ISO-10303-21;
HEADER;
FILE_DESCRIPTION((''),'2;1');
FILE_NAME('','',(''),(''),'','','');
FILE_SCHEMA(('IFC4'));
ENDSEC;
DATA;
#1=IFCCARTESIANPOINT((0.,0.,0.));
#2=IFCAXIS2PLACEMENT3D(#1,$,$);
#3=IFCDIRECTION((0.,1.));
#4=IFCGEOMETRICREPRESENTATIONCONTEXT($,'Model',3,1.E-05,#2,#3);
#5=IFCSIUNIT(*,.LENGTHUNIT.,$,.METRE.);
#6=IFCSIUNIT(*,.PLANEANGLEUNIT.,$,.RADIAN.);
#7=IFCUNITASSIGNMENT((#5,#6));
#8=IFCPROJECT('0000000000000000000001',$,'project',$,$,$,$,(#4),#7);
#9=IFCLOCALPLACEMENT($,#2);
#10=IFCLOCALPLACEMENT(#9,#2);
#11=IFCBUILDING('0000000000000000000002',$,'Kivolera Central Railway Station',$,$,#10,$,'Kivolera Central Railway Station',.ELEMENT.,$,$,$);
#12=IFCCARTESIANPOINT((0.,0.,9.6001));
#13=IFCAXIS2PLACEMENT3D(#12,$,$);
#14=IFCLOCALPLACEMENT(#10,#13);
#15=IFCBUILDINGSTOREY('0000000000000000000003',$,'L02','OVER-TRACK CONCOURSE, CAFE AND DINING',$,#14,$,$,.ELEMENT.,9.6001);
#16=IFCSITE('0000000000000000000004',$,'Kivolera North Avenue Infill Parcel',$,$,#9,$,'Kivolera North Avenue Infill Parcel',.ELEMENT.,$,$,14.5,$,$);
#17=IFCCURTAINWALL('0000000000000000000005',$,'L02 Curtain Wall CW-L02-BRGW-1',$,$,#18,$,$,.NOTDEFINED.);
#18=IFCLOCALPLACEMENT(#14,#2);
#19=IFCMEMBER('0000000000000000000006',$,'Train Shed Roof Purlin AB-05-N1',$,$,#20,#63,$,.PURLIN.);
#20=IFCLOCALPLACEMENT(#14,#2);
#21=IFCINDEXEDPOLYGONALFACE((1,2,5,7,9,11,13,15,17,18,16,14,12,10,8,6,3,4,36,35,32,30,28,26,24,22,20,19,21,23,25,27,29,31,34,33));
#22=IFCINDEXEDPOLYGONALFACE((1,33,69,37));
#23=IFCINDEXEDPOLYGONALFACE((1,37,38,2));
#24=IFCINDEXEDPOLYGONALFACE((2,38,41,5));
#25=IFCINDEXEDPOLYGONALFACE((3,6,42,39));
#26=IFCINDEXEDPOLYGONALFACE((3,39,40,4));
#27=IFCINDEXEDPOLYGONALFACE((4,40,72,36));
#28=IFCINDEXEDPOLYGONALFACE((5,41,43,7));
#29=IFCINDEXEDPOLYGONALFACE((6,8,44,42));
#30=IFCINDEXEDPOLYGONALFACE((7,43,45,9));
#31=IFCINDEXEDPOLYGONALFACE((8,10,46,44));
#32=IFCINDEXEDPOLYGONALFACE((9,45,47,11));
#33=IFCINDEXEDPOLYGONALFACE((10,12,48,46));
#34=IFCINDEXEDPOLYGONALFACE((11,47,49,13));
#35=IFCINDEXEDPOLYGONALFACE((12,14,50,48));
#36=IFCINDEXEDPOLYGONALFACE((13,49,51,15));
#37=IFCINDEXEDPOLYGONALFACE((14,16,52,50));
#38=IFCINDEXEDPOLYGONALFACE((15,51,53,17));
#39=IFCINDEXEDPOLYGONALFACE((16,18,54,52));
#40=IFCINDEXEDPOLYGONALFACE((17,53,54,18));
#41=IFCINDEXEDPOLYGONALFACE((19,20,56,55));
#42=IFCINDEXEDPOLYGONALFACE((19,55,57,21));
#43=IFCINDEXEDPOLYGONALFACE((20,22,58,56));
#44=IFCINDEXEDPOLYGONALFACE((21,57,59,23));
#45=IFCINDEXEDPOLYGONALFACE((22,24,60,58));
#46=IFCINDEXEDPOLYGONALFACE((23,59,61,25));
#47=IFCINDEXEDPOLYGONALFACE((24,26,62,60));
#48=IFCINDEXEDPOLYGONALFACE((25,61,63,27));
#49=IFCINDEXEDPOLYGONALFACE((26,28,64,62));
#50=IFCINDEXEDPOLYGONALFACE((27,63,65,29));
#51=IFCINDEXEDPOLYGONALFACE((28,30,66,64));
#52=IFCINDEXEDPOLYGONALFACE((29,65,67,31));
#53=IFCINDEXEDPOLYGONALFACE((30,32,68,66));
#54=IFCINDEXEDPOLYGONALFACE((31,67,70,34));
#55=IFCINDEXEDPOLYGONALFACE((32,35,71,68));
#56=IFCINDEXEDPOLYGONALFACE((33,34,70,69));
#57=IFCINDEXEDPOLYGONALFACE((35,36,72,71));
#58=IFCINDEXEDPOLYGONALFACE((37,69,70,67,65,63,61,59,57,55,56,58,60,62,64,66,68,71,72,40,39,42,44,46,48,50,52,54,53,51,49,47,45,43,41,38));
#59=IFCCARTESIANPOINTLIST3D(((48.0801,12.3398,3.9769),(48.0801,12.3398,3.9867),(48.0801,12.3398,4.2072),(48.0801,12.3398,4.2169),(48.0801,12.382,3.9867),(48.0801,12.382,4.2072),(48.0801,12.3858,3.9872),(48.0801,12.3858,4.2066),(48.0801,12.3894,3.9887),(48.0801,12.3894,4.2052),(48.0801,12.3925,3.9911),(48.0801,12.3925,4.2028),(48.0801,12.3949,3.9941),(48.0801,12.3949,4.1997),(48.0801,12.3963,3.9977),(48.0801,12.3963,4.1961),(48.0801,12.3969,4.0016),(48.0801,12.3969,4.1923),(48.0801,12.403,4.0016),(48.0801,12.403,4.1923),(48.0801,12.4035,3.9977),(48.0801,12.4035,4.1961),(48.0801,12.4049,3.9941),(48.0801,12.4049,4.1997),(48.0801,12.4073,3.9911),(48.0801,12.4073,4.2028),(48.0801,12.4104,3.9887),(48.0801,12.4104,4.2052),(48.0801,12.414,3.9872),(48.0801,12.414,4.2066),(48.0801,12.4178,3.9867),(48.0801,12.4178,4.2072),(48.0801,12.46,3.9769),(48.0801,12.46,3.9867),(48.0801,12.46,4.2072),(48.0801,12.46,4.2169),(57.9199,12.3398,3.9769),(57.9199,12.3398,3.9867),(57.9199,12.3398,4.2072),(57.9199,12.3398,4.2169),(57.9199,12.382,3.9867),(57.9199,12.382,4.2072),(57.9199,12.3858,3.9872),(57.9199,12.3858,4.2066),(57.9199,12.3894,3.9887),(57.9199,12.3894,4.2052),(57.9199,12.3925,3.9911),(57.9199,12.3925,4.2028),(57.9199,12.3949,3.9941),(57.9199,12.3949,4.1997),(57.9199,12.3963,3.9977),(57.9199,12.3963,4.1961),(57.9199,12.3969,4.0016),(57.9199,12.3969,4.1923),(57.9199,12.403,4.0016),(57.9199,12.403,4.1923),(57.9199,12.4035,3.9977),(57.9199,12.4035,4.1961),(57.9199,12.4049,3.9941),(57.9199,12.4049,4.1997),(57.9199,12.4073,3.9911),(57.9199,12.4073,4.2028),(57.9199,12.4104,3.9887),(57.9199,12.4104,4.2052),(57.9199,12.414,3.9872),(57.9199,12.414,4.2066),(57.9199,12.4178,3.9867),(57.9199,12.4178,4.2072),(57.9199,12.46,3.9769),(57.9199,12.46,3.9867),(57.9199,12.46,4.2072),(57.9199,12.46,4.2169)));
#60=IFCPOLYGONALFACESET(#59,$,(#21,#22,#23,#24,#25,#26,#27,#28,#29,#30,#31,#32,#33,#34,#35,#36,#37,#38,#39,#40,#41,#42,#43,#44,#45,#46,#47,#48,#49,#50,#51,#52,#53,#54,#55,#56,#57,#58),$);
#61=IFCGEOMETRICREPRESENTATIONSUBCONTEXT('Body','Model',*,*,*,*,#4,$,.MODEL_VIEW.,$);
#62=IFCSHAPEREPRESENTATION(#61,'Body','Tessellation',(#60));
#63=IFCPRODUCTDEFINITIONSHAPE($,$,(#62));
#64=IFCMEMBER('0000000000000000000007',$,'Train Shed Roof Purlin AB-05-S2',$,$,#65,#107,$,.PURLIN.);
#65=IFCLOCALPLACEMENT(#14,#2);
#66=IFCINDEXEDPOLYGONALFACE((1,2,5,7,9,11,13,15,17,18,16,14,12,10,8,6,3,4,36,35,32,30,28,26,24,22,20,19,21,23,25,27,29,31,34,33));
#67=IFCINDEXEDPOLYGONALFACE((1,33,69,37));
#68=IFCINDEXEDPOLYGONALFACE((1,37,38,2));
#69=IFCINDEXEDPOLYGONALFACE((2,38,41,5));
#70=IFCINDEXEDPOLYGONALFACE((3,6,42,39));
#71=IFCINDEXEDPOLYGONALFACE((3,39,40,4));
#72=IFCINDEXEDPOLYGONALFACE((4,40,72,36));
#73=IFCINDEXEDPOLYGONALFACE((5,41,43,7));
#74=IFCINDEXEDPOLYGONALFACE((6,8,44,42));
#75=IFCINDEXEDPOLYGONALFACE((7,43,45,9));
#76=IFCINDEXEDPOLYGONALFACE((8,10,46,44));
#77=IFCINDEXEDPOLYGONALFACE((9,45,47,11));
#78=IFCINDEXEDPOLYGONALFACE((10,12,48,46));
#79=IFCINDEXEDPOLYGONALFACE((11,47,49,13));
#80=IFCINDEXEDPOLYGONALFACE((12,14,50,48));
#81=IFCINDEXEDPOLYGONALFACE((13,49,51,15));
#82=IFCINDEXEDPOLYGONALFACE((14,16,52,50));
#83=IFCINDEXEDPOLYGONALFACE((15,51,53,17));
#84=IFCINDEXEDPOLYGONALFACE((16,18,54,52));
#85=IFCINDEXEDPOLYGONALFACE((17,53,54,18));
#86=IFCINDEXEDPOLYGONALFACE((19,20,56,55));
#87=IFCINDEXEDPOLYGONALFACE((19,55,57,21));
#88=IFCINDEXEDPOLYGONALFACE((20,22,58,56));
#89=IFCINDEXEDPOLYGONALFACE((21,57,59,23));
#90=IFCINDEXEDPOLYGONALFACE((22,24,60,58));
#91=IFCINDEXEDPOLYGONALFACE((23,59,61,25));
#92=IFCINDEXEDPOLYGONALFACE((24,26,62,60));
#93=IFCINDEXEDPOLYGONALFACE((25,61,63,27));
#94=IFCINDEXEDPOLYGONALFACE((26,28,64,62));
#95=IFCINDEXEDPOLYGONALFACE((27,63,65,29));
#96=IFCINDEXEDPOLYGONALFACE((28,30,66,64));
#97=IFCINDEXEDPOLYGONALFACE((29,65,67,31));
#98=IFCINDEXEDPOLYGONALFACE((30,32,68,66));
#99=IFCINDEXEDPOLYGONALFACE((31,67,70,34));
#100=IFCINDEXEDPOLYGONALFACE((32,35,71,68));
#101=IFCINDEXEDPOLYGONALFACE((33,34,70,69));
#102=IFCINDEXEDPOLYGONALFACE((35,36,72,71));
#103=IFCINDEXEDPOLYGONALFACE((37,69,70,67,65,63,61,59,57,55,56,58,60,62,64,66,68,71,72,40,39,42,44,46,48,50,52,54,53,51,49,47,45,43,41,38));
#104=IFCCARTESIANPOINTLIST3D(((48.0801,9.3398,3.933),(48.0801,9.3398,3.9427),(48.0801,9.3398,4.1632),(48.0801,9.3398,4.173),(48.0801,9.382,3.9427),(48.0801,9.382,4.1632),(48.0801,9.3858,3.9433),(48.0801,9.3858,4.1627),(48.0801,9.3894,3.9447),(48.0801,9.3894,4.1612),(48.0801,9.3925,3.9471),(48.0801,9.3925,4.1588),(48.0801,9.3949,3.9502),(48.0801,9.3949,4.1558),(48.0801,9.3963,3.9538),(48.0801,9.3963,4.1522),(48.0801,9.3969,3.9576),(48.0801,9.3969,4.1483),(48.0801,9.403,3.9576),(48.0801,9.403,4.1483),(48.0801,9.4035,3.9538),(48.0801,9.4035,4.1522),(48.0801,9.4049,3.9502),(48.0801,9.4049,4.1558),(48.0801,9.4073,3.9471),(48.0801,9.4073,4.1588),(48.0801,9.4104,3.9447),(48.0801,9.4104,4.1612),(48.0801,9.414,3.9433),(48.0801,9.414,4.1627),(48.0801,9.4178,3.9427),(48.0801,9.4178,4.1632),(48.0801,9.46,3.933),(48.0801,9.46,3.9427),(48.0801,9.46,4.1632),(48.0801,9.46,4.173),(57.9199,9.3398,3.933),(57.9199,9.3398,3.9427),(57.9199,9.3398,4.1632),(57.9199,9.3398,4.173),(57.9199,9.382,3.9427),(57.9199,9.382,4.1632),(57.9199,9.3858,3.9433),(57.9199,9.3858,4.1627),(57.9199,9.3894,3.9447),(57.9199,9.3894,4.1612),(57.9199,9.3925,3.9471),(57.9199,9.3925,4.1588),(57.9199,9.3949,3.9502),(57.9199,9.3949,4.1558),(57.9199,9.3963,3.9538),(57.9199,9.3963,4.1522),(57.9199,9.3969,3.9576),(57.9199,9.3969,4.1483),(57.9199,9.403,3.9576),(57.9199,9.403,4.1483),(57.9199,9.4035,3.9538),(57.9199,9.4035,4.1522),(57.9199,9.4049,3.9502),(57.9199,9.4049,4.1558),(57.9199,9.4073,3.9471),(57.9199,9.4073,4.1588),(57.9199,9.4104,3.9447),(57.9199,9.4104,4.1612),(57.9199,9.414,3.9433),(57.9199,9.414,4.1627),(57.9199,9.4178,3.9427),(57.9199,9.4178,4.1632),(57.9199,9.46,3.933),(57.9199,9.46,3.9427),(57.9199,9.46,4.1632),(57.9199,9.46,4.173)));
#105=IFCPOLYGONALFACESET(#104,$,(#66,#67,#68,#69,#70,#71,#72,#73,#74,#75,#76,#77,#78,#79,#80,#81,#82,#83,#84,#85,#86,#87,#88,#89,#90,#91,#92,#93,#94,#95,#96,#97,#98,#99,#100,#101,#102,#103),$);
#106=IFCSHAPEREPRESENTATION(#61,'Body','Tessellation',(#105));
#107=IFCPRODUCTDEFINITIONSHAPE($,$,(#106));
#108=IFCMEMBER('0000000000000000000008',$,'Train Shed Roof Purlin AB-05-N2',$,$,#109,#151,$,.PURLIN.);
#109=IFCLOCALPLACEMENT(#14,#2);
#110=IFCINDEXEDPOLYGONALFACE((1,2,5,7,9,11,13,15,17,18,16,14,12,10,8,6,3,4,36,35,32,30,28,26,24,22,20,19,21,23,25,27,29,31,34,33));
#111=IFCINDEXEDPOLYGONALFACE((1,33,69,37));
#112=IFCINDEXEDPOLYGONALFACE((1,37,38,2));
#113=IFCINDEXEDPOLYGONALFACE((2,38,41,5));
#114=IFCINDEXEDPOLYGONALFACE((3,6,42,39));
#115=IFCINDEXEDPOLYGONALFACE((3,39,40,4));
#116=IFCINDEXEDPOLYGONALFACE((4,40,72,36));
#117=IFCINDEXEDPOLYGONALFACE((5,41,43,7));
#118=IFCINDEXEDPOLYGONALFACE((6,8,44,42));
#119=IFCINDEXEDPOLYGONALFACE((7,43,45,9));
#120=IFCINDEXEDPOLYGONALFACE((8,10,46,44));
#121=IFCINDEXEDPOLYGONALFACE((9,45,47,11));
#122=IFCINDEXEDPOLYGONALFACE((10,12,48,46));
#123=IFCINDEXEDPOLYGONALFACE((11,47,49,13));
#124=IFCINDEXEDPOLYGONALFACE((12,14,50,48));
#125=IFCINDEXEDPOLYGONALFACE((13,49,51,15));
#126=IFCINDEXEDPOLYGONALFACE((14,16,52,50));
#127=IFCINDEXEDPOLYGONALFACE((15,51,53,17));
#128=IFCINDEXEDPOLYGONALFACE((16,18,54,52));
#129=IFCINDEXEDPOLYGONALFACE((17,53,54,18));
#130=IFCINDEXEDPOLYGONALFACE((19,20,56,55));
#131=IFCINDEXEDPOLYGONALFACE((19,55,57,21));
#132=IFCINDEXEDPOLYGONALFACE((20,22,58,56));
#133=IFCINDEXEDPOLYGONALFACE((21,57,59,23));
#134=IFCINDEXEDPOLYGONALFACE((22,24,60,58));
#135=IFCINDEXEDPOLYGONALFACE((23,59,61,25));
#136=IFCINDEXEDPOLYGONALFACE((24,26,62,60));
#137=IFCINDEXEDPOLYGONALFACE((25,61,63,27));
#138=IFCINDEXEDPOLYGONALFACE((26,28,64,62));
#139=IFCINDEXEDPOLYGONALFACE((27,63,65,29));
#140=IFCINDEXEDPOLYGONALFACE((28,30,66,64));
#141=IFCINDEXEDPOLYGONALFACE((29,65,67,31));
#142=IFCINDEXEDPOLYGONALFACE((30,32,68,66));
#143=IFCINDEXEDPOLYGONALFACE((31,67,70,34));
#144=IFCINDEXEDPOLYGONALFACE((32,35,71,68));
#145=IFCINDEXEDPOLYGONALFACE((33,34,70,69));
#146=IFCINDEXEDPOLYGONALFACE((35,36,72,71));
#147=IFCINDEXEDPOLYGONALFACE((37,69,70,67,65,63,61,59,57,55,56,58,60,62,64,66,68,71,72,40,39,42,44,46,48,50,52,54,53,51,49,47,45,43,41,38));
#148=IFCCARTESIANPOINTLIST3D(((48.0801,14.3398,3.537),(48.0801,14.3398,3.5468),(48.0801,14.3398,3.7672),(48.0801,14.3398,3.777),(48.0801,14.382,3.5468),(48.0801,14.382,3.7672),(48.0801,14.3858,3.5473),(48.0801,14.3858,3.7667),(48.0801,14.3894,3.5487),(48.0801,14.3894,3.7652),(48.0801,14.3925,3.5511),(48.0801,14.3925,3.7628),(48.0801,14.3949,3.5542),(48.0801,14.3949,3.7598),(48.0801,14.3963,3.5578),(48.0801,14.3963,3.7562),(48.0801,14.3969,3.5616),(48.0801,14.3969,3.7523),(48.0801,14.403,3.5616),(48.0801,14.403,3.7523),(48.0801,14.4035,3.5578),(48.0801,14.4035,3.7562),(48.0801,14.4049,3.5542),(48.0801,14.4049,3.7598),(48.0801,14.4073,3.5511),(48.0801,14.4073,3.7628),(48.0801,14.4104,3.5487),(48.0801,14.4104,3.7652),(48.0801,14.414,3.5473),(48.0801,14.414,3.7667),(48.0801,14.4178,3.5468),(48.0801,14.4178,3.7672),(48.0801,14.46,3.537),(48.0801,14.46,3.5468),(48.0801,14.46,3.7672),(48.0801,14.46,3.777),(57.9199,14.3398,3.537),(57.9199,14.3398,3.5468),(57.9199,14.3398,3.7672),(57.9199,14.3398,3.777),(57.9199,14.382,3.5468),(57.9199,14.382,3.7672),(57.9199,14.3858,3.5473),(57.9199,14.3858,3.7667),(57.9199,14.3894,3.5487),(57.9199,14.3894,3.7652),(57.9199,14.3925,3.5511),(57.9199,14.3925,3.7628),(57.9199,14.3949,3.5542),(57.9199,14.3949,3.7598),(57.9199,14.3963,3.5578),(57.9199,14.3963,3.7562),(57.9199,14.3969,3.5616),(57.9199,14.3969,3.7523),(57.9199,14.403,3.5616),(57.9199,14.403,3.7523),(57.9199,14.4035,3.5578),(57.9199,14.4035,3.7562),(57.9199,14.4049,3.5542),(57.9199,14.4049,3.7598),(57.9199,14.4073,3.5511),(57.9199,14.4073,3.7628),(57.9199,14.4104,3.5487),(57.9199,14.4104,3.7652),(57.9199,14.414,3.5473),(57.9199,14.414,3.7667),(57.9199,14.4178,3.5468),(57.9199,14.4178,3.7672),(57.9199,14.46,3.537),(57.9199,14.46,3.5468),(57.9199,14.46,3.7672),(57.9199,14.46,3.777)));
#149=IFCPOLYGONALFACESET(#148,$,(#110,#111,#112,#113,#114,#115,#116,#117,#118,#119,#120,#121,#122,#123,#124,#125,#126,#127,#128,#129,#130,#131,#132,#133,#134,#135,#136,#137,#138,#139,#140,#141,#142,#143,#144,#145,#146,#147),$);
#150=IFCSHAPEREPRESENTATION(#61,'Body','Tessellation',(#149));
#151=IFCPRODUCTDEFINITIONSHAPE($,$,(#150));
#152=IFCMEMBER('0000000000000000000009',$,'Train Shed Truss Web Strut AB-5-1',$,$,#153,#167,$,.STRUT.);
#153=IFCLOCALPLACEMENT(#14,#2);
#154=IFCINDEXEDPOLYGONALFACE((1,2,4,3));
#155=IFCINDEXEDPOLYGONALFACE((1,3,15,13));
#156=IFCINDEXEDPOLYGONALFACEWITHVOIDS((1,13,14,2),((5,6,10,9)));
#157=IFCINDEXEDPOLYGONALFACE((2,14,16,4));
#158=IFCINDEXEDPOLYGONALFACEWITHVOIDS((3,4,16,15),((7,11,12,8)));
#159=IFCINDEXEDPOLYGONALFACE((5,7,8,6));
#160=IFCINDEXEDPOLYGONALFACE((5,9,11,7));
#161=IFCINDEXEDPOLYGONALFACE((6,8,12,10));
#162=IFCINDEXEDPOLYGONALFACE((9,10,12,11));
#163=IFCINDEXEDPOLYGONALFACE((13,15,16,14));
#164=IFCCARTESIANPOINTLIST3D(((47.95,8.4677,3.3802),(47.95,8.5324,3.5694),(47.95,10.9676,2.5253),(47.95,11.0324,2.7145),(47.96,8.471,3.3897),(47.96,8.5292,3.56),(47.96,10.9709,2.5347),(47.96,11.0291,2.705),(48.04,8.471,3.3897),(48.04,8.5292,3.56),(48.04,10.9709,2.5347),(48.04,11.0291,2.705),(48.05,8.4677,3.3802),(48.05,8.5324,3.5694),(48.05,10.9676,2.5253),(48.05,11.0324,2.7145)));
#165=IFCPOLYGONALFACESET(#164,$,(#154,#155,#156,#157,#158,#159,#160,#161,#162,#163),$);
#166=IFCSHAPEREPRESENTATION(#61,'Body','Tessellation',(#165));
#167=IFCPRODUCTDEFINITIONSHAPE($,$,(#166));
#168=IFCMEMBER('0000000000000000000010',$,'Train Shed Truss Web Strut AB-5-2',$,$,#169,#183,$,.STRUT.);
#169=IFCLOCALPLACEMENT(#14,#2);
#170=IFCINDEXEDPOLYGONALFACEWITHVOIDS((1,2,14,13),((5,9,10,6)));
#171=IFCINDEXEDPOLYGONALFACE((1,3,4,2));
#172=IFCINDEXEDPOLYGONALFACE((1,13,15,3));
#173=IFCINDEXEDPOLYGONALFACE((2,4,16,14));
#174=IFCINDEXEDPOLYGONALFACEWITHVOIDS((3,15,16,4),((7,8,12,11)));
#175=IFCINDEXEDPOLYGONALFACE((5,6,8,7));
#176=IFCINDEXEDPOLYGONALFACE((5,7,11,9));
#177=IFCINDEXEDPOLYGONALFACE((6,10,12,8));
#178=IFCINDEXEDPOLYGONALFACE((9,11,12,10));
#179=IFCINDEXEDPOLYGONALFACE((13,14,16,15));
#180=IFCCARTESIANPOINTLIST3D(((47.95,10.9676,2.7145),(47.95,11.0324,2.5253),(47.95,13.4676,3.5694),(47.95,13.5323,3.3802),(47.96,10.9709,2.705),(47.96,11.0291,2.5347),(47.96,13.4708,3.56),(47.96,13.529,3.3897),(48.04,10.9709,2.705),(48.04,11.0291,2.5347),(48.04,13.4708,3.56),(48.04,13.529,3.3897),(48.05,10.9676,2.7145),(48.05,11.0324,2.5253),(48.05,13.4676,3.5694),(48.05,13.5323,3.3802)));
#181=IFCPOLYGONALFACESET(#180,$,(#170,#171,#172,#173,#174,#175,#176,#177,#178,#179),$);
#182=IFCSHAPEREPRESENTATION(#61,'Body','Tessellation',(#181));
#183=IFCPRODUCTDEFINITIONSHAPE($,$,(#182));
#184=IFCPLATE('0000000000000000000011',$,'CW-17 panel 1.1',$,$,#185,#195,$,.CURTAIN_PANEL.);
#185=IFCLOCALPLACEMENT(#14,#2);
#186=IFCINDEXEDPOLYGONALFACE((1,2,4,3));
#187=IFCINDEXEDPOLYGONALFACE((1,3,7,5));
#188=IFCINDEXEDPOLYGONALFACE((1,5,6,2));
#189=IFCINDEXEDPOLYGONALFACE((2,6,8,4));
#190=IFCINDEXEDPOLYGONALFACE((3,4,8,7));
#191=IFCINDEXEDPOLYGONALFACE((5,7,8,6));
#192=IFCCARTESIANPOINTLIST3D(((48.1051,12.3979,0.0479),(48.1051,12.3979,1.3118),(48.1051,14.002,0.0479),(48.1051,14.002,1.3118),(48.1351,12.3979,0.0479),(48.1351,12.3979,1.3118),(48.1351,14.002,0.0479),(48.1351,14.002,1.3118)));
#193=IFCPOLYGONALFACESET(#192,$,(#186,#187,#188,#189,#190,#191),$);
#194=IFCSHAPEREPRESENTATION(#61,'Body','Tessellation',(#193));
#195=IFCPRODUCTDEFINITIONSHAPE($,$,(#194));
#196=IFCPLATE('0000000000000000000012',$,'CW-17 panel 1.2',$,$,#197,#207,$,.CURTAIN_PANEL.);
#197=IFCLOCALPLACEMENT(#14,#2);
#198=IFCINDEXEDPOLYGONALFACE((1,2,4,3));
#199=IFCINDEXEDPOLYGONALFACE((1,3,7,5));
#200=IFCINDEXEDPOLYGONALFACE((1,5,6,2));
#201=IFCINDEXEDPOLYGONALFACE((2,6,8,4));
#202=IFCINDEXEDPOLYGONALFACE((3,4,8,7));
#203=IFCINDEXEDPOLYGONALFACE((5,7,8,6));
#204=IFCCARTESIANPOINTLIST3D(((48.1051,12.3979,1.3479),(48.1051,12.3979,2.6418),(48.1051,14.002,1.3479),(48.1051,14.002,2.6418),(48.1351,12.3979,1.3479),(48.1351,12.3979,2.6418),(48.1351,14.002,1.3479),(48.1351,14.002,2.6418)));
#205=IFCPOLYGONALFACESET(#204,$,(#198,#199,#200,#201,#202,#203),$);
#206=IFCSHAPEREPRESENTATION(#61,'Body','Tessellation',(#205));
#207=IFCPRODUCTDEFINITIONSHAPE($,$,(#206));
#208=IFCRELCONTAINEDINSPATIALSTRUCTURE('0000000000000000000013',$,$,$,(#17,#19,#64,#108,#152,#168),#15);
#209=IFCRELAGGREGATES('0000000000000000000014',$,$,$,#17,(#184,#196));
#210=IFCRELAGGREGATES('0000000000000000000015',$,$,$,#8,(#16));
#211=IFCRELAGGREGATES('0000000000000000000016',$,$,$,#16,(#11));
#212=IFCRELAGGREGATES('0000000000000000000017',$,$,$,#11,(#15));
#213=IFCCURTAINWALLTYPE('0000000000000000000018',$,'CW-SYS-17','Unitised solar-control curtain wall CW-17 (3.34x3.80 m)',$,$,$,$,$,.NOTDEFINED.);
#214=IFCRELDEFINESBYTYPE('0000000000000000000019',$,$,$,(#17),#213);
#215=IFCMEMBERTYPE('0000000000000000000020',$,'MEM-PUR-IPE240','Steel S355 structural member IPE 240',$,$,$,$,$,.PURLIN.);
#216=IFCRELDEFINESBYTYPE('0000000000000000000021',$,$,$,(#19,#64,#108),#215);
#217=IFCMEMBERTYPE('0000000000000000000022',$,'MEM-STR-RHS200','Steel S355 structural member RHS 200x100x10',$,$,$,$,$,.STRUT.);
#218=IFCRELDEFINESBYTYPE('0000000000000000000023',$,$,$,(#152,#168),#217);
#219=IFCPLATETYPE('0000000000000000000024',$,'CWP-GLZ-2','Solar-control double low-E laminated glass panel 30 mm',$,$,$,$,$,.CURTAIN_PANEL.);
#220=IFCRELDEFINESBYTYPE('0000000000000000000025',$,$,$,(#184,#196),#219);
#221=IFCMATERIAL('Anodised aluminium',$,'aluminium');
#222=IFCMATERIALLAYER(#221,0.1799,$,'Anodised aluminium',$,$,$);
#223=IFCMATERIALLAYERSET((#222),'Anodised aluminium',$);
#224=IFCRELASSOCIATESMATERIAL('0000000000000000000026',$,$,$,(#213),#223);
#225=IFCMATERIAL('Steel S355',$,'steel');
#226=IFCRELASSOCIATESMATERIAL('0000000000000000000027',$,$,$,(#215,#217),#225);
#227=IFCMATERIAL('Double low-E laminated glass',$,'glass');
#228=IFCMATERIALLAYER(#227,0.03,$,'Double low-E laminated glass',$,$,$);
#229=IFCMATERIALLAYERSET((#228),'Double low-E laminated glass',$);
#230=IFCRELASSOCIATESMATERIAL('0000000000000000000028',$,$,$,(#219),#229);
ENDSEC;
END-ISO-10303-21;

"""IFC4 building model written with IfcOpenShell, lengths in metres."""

from ifc_helpers import new_model, si_unit, direction, frame, origin, origin_2d, place, context, subcontext, project, spatial, rectangle, hollow_rectangle, i_section, extrude, material, layer, layer_set, material_profile, profile_set, type_object, element, aggregate, save


model = new_model("IFC4")

# Units and contexts
model_context = context("Model", 3, precision=1e-05, world=origin(), true_north=direction((0.0, 1.0)))
body_context = subcontext(model_context, "Body", "Model", "MODEL_VIEW")
ifc_project = project(units=[si_unit("LENGTHUNIT", "METRE"), si_unit("PLANEANGLEUNIT", "RADIAN")], contexts=[model_context])

# Site, building, storey
site_placement = place(None, origin())
site = spatial("IfcSite", under=ifc_project, at=site_placement, Name="Kivolera North Avenue Infill Parcel", LongName="Kivolera North Avenue Infill Parcel", CompositionType="ELEMENT", RefElevation=14.5)
building_placement = place(site_placement, origin())
building = spatial("IfcBuilding", under=site, at=building_placement, Name="Kivolera Central Railway Station", LongName="Kivolera Central Railway Station", CompositionType="ELEMENT")
storey_placement = place(building_placement, frame((0.0, 0.0, 9.6001)))
storey = spatial("IfcBuildingStorey", under=building, at=storey_placement, Name="L02", Description="OVER-TRACK CONCOURSE, CAFE AND DINING", CompositionType="ELEMENT", Elevation=9.6001)

# Shared definitions
ifc_material_1 = material(Name="Steel S355", Category="steel")

# Curtain wall
ifc_material_2 = material(Name="Anodised aluminium", Category="aluminium")
ifc_layer_1 = layer(ifc_material_2, 0.1799, Name="Anodised aluminium")
ifc_layer_set_1 = layer_set([ifc_layer_1], Name="Anodised aluminium")
curtain_wall_type = type_object("IfcCurtainWallType", Name="CW-SYS-17", Description="Unitised solar-control curtain wall CW-17 (3.34x3.80 m)", PredefinedType="NOTDEFINED", material=ifc_layer_set_1)
curtain_wall_placement = place(storey_placement, origin())
curtain_wall = element("IfcCurtainWall", 1, at=curtain_wall_placement, inside=storey, type_object=curtain_wall_type, Name="L02 Curtain Wall CW-L02-BRGW-1", PredefinedType="NOTDEFINED")

# Members
ifc_material_profile_1 = material_profile(ifc_material_1, i_section(OverallWidth=0.1201, OverallDepth=0.24, WebThickness=0.0061, FlangeThickness=0.0098, FilletRadius=0.0149, at=origin_2d()), Name="IPE 240")
ifc_profile_set_1 = profile_set([ifc_material_profile_1], Name="Steel S355")
member_type_1 = type_object("IfcMemberType", Name="MEM-PUR-IPE240", Description="Steel S355 structural member IPE 240", PredefinedType="PURLIN", material=ifc_profile_set_1)
for number, where, z_axis, x_axis, name in (
    (2, (48.0801, 12.3999, 4.0969), (1.0, 0.0, 0.0), (0.0, 1.0, 0.0), "Train Shed Roof Purlin AB-05-N1"),
    (3, (48.0801, 9.3999, 4.053), (1.0, 0.0, 0.0), (0.0, 1.0, 0.0), "Train Shed Roof Purlin AB-05-S2"),
    (4, (48.0801, 14.3999, 3.657), (1.0, 0.0, 0.0), (0.0, 1.0, 0.0), "Train Shed Roof Purlin AB-05-N2"),
):
    element("IfcMember", number, at=place(storey_placement, frame(where, z_axis=z_axis, x_axis=x_axis)), inside=storey, type_object=member_type_1, Name=name, PredefinedType="PURLIN", context=body_context, shape_type="SweptSolid", body=[
        extrude(i_section(OverallWidth=0.1201, OverallDepth=0.24, WebThickness=0.0061, FlangeThickness=0.0098, FilletRadius=0.0149, at=origin_2d()), origin(), (0.0, 0.0, 1.0), 9.8398),
    ])
ifc_material_profile_2 = material_profile(ifc_material_1, hollow_rectangle(XDim=0.1001, YDim=0.2, WallThickness=0.01, at=origin_2d()), Name="RHS 200x100x10")
ifc_profile_set_2 = profile_set([ifc_material_profile_2], Name="Steel S355")
member_type_2 = type_object("IfcMemberType", Name="MEM-STR-RHS200", Description="Steel S355 structural member RHS 200x100x10", PredefinedType="STRUT", material=ifc_profile_set_2)
for number, where, z_axis, x_axis, name in (
    (5, (48.0, 11.0, 2.6199), (0.0, -0.946197, 0.323592), (1.0, 0.0, 0.0), "Train Shed Truss Web Strut AB-5-1"),
    (6, (48.0, 11.0, 2.6199), (0.0, 0.946197, 0.323592), (-1.0, 0.0, 0.0), "Train Shed Truss Web Strut AB-5-2"),
):
    element("IfcMember", number, at=place(storey_placement, frame(where, z_axis=z_axis, x_axis=x_axis)), inside=storey, type_object=member_type_2, Name=name, PredefinedType="STRUT", context=body_context, shape_type="SweptSolid", body=[
        extrude(hollow_rectangle(XDim=0.1001, YDim=0.2, WallThickness=0.01, at=origin_2d()), origin(), (0.0, 0.0, 1.0), 2.6421),
    ])

# Plates
ifc_material_3 = material(Name="Double low-E laminated glass", Category="glass")
ifc_layer_2 = layer(ifc_material_3, 0.03, Name="Double low-E laminated glass")
ifc_layer_set_2 = layer_set([ifc_layer_2], Name="Double low-E laminated glass")
plate_type_1 = type_object("IfcPlateType", Name="CWP-GLZ-2", Description="Solar-control double low-E laminated glass panel 30 mm", PredefinedType="CURTAIN_PANEL", material=ifc_layer_set_2)
plate_1_placement = place(storey_placement, frame((48.1201, 13.2, 0.0479), z_axis=(0.0, 0.0, 1.0), x_axis=(0.0, 1.0, 0.0)))
plate_1 = element("IfcPlate", 7, at=plate_1_placement, type_object=plate_type_1, Name="CW-17 panel 1.1", PredefinedType="CURTAIN_PANEL", context=body_context, shape_type="SweptSolid", body=[
    extrude(rectangle(XDim=1.604, YDim=0.03, at=origin_2d()), origin(), (0.0, 0.0, 1.0), 1.2639),
])
plate_2_placement = place(storey_placement, frame((48.1201, 13.2, 1.3479), z_axis=(0.0, 0.0, 1.0), x_axis=(0.0, 1.0, 0.0)))
plate_2 = element("IfcPlate", 8, at=plate_2_placement, type_object=plate_type_1, Name="CW-17 panel 1.2", PredefinedType="CURTAIN_PANEL", context=body_context, shape_type="SweptSolid", body=[
    extrude(rectangle(XDim=1.604, YDim=0.03, at=origin_2d()), origin(), (0.0, 0.0, 1.0), 1.2939),
])
aggregate(curtain_wall, [plate_1, plate_2])

save(model, "model.ifc")
